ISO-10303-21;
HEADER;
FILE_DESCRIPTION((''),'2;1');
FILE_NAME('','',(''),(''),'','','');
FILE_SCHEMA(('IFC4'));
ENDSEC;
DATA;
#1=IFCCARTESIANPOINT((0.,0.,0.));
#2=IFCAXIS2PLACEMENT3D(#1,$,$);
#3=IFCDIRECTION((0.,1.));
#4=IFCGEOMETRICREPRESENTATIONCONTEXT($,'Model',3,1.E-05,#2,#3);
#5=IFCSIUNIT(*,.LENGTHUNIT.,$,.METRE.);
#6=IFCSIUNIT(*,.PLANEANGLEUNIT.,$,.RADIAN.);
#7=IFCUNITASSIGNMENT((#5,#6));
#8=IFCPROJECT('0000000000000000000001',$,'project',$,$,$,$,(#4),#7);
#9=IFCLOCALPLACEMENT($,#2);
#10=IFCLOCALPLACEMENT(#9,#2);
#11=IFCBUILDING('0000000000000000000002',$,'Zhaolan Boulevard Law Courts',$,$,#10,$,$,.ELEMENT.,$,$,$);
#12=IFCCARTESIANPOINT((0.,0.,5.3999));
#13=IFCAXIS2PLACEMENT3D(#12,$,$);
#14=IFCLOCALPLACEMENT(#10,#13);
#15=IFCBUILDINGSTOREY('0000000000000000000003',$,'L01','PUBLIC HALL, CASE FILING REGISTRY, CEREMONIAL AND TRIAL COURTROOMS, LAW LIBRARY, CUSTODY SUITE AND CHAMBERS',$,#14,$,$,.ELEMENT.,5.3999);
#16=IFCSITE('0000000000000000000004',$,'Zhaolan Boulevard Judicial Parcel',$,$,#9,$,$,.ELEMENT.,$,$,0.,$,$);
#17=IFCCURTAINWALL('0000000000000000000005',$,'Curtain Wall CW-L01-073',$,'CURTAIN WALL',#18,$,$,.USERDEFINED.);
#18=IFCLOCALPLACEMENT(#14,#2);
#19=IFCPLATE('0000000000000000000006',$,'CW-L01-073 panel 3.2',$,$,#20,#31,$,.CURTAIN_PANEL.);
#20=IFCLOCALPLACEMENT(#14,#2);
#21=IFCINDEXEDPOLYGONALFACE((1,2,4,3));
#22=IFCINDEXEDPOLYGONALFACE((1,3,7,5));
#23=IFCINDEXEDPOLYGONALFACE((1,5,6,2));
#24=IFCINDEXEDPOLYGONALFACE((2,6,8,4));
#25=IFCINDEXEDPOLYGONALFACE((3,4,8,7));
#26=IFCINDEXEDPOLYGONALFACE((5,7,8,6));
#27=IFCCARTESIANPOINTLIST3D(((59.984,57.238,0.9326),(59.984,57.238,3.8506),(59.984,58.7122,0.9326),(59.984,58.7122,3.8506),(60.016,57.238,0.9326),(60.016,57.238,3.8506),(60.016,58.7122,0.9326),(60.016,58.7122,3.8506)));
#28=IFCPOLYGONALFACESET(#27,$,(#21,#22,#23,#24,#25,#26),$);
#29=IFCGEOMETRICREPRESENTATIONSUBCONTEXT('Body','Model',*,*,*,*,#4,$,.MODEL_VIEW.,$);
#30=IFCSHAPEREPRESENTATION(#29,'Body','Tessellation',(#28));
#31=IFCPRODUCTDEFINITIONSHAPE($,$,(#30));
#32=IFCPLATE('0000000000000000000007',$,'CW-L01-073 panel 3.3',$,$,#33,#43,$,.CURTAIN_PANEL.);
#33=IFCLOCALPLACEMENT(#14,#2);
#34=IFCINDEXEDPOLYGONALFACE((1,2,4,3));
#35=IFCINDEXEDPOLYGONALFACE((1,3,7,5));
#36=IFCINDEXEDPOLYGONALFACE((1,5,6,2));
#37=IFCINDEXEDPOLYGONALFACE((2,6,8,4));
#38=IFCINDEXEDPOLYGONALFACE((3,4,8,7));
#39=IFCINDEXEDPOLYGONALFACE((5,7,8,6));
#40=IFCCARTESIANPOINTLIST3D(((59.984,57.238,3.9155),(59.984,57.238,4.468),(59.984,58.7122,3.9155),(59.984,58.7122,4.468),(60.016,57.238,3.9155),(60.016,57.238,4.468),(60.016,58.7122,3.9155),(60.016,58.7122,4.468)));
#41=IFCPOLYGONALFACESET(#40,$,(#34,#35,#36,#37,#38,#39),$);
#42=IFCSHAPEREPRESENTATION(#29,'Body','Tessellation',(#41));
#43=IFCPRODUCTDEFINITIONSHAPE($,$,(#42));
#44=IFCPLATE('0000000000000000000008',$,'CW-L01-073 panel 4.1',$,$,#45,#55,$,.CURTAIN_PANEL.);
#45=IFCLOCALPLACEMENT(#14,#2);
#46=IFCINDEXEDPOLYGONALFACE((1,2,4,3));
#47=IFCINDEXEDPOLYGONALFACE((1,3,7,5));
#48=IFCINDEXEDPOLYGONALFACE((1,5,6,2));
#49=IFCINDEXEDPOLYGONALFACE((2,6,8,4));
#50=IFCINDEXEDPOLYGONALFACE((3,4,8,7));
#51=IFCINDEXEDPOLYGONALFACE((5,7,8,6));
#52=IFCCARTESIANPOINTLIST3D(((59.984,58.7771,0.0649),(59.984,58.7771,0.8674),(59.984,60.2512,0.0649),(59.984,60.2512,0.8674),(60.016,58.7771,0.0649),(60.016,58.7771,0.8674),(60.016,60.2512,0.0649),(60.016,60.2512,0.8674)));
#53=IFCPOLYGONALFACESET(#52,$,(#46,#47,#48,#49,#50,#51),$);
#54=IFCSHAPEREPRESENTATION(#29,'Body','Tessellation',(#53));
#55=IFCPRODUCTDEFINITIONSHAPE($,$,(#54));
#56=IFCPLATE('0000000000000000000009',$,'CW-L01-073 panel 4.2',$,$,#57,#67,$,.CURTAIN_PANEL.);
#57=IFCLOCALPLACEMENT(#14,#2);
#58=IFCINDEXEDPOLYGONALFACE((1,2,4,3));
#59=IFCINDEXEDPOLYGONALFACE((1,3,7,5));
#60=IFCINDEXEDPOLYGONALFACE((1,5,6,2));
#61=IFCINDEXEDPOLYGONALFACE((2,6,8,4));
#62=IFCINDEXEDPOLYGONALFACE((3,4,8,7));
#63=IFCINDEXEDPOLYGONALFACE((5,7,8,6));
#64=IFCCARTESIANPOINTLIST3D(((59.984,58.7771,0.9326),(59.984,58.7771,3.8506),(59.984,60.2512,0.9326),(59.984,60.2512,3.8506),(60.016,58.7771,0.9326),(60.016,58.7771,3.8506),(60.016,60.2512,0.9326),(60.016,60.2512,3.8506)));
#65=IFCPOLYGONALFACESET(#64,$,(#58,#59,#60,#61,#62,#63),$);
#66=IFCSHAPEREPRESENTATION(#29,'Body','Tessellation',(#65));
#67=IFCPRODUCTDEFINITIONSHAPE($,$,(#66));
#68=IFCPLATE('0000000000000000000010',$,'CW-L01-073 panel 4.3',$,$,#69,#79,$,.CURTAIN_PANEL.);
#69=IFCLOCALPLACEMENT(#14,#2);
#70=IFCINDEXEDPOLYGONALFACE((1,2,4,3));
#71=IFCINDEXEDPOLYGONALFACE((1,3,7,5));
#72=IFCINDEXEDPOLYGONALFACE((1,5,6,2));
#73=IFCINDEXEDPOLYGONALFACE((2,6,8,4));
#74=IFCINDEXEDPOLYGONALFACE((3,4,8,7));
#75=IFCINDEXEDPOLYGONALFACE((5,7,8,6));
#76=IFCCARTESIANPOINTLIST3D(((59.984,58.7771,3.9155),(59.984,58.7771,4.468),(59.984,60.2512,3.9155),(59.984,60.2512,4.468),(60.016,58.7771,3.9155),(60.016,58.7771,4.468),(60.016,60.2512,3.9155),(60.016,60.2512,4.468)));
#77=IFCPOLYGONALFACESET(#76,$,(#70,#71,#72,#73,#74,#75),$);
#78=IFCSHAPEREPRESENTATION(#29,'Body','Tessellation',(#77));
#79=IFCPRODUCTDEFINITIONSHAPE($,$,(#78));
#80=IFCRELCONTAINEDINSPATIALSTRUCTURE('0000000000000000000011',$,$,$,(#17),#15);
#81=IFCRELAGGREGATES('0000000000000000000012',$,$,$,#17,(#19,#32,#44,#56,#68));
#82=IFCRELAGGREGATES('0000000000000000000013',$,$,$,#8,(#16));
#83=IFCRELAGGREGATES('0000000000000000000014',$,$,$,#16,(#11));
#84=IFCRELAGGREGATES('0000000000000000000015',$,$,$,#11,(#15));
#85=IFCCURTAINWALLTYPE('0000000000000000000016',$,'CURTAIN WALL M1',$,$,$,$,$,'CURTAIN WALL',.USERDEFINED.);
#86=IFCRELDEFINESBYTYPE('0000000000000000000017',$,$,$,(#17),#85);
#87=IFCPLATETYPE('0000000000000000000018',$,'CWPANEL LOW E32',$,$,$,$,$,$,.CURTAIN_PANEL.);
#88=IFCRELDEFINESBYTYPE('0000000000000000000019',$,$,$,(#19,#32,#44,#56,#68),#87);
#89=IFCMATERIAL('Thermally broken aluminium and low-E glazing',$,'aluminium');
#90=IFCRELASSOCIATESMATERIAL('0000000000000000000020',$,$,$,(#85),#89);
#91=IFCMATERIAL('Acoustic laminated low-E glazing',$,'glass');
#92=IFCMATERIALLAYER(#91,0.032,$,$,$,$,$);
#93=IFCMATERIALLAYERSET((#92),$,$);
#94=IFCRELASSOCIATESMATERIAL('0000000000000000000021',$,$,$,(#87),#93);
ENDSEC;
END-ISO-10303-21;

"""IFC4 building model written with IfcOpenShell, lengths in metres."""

from ifc_helpers import new_model, si_unit, direction, frame, origin, origin_2d, place, context, subcontext, project, spatial, rectangle, extrude, material, layer, layer_set, type_object, element, aggregate, save


model = new_model("IFC4")

# Units and contexts
model_context = context("Model", 3, precision=1e-05, world=origin(), true_north=direction((0.0, 1.0)))
body_context = subcontext(model_context, "Body", "Model", "MODEL_VIEW")
ifc_project = project(units=[si_unit("LENGTHUNIT", "METRE"), si_unit("PLANEANGLEUNIT", "RADIAN")], contexts=[model_context])

# Site, building, storey
site_placement = place(None, origin())
site = spatial("IfcSite", under=ifc_project, at=site_placement, Name="Zhaolan Boulevard Judicial Parcel", CompositionType="ELEMENT", RefElevation=0.0)
building_placement = place(site_placement, origin())
building = spatial("IfcBuilding", under=site, at=building_placement, Name="Zhaolan Boulevard Law Courts", CompositionType="ELEMENT")
storey_placement = place(building_placement, frame((0.0, 0.0, 5.3999)))
storey = spatial("IfcBuildingStorey", under=building, at=storey_placement, Name="L01", Description="PUBLIC HALL, CASE FILING REGISTRY, CEREMONIAL AND TRIAL COURTROOMS, LAW LIBRARY, CUSTODY SUITE AND CHAMBERS", CompositionType="ELEMENT", Elevation=5.3999)

# Curtain wall, plates
ifc_material_1 = material(Name="Thermally broken aluminium and low-E glazing", Category="aluminium")
curtain_wall_type = type_object("IfcCurtainWallType", Name="CURTAIN WALL M1", ElementType="CURTAIN WALL", PredefinedType="USERDEFINED", material=ifc_material_1)
curtain_wall_placement = place(storey_placement, origin())
curtain_wall = element("IfcCurtainWall", 1, at=curtain_wall_placement, inside=storey, type_object=curtain_wall_type, Name="Curtain Wall CW-L01-073", ObjectType="CURTAIN WALL", PredefinedType="USERDEFINED")
ifc_material_2 = material(Name="Acoustic laminated low-E glazing", Category="glass")
ifc_layer = layer(ifc_material_2, 0.032)
ifc_layer_set = layer_set([ifc_layer])
plate_type = type_object("IfcPlateType", Name="CWPANEL LOW E32", PredefinedType="CURTAIN_PANEL", material=ifc_layer_set)
plate_1_placement = place(storey_placement, frame((60.0, 57.9751, 0.9326), z_axis=(0.0, 0.0, 1.0), x_axis=(0.0, 1.0, 0.0)))
plate_1 = element("IfcPlate", 2, at=plate_1_placement, type_object=plate_type, Name="CW-L01-073 panel 3.2", PredefinedType="CURTAIN_PANEL", context=body_context, shape_type="SweptSolid", body=[
    extrude(rectangle(XDim=1.4741, YDim=0.032, at=origin_2d()), origin(), (0.0, 0.0, 1.0), 2.918),
])
plate_2_placement = place(storey_placement, frame((60.0, 57.9751, 3.9155), z_axis=(0.0, 0.0, 1.0), x_axis=(0.0, 1.0, 0.0)))
plate_2 = element("IfcPlate", 3, at=plate_2_placement, type_object=plate_type, Name="CW-L01-073 panel 3.3", PredefinedType="CURTAIN_PANEL", context=body_context, shape_type="SweptSolid", body=[
    extrude(rectangle(XDim=1.4741, YDim=0.032, at=origin_2d()), origin(), (0.0, 0.0, 1.0), 0.5525),
])
plate_3_placement = place(storey_placement, frame((60.0, 59.5142, 0.0649), z_axis=(0.0, 0.0, 1.0), x_axis=(0.0, 1.0, 0.0)))
plate_3 = element("IfcPlate", 4, at=plate_3_placement, type_object=plate_type, Name="CW-L01-073 panel 4.1", PredefinedType="CURTAIN_PANEL", context=body_context, shape_type="SweptSolid", body=[
    extrude(rectangle(XDim=1.4741, YDim=0.032, at=origin_2d()), origin(), (0.0, 0.0, 1.0), 0.8025),
])
plate_4_placement = place(storey_placement, frame((60.0, 59.5142, 0.9326), z_axis=(0.0, 0.0, 1.0), x_axis=(0.0, 1.0, 0.0)))
plate_4 = element("IfcPlate", 5, at=plate_4_placement, type_object=plate_type, Name="CW-L01-073 panel 4.2", PredefinedType="CURTAIN_PANEL", context=body_context, shape_type="SweptSolid", body=[
    extrude(rectangle(XDim=1.4741, YDim=0.032, at=origin_2d()), origin(), (0.0, 0.0, 1.0), 2.918),
])
plate_5_placement = place(storey_placement, frame((60.0, 59.5142, 3.9155), z_axis=(0.0, 0.0, 1.0), x_axis=(0.0, 1.0, 0.0)))
plate_5 = element("IfcPlate", 6, at=plate_5_placement, type_object=plate_type, Name="CW-L01-073 panel 4.3", PredefinedType="CURTAIN_PANEL", context=body_context, shape_type="SweptSolid", body=[
    extrude(rectangle(XDim=1.4741, YDim=0.032, at=origin_2d()), origin(), (0.0, 0.0, 1.0), 0.5525),
])
aggregate(curtain_wall, [plate_1, plate_2, plate_3, plate_4, plate_5])

save(model, "model.ifc")
